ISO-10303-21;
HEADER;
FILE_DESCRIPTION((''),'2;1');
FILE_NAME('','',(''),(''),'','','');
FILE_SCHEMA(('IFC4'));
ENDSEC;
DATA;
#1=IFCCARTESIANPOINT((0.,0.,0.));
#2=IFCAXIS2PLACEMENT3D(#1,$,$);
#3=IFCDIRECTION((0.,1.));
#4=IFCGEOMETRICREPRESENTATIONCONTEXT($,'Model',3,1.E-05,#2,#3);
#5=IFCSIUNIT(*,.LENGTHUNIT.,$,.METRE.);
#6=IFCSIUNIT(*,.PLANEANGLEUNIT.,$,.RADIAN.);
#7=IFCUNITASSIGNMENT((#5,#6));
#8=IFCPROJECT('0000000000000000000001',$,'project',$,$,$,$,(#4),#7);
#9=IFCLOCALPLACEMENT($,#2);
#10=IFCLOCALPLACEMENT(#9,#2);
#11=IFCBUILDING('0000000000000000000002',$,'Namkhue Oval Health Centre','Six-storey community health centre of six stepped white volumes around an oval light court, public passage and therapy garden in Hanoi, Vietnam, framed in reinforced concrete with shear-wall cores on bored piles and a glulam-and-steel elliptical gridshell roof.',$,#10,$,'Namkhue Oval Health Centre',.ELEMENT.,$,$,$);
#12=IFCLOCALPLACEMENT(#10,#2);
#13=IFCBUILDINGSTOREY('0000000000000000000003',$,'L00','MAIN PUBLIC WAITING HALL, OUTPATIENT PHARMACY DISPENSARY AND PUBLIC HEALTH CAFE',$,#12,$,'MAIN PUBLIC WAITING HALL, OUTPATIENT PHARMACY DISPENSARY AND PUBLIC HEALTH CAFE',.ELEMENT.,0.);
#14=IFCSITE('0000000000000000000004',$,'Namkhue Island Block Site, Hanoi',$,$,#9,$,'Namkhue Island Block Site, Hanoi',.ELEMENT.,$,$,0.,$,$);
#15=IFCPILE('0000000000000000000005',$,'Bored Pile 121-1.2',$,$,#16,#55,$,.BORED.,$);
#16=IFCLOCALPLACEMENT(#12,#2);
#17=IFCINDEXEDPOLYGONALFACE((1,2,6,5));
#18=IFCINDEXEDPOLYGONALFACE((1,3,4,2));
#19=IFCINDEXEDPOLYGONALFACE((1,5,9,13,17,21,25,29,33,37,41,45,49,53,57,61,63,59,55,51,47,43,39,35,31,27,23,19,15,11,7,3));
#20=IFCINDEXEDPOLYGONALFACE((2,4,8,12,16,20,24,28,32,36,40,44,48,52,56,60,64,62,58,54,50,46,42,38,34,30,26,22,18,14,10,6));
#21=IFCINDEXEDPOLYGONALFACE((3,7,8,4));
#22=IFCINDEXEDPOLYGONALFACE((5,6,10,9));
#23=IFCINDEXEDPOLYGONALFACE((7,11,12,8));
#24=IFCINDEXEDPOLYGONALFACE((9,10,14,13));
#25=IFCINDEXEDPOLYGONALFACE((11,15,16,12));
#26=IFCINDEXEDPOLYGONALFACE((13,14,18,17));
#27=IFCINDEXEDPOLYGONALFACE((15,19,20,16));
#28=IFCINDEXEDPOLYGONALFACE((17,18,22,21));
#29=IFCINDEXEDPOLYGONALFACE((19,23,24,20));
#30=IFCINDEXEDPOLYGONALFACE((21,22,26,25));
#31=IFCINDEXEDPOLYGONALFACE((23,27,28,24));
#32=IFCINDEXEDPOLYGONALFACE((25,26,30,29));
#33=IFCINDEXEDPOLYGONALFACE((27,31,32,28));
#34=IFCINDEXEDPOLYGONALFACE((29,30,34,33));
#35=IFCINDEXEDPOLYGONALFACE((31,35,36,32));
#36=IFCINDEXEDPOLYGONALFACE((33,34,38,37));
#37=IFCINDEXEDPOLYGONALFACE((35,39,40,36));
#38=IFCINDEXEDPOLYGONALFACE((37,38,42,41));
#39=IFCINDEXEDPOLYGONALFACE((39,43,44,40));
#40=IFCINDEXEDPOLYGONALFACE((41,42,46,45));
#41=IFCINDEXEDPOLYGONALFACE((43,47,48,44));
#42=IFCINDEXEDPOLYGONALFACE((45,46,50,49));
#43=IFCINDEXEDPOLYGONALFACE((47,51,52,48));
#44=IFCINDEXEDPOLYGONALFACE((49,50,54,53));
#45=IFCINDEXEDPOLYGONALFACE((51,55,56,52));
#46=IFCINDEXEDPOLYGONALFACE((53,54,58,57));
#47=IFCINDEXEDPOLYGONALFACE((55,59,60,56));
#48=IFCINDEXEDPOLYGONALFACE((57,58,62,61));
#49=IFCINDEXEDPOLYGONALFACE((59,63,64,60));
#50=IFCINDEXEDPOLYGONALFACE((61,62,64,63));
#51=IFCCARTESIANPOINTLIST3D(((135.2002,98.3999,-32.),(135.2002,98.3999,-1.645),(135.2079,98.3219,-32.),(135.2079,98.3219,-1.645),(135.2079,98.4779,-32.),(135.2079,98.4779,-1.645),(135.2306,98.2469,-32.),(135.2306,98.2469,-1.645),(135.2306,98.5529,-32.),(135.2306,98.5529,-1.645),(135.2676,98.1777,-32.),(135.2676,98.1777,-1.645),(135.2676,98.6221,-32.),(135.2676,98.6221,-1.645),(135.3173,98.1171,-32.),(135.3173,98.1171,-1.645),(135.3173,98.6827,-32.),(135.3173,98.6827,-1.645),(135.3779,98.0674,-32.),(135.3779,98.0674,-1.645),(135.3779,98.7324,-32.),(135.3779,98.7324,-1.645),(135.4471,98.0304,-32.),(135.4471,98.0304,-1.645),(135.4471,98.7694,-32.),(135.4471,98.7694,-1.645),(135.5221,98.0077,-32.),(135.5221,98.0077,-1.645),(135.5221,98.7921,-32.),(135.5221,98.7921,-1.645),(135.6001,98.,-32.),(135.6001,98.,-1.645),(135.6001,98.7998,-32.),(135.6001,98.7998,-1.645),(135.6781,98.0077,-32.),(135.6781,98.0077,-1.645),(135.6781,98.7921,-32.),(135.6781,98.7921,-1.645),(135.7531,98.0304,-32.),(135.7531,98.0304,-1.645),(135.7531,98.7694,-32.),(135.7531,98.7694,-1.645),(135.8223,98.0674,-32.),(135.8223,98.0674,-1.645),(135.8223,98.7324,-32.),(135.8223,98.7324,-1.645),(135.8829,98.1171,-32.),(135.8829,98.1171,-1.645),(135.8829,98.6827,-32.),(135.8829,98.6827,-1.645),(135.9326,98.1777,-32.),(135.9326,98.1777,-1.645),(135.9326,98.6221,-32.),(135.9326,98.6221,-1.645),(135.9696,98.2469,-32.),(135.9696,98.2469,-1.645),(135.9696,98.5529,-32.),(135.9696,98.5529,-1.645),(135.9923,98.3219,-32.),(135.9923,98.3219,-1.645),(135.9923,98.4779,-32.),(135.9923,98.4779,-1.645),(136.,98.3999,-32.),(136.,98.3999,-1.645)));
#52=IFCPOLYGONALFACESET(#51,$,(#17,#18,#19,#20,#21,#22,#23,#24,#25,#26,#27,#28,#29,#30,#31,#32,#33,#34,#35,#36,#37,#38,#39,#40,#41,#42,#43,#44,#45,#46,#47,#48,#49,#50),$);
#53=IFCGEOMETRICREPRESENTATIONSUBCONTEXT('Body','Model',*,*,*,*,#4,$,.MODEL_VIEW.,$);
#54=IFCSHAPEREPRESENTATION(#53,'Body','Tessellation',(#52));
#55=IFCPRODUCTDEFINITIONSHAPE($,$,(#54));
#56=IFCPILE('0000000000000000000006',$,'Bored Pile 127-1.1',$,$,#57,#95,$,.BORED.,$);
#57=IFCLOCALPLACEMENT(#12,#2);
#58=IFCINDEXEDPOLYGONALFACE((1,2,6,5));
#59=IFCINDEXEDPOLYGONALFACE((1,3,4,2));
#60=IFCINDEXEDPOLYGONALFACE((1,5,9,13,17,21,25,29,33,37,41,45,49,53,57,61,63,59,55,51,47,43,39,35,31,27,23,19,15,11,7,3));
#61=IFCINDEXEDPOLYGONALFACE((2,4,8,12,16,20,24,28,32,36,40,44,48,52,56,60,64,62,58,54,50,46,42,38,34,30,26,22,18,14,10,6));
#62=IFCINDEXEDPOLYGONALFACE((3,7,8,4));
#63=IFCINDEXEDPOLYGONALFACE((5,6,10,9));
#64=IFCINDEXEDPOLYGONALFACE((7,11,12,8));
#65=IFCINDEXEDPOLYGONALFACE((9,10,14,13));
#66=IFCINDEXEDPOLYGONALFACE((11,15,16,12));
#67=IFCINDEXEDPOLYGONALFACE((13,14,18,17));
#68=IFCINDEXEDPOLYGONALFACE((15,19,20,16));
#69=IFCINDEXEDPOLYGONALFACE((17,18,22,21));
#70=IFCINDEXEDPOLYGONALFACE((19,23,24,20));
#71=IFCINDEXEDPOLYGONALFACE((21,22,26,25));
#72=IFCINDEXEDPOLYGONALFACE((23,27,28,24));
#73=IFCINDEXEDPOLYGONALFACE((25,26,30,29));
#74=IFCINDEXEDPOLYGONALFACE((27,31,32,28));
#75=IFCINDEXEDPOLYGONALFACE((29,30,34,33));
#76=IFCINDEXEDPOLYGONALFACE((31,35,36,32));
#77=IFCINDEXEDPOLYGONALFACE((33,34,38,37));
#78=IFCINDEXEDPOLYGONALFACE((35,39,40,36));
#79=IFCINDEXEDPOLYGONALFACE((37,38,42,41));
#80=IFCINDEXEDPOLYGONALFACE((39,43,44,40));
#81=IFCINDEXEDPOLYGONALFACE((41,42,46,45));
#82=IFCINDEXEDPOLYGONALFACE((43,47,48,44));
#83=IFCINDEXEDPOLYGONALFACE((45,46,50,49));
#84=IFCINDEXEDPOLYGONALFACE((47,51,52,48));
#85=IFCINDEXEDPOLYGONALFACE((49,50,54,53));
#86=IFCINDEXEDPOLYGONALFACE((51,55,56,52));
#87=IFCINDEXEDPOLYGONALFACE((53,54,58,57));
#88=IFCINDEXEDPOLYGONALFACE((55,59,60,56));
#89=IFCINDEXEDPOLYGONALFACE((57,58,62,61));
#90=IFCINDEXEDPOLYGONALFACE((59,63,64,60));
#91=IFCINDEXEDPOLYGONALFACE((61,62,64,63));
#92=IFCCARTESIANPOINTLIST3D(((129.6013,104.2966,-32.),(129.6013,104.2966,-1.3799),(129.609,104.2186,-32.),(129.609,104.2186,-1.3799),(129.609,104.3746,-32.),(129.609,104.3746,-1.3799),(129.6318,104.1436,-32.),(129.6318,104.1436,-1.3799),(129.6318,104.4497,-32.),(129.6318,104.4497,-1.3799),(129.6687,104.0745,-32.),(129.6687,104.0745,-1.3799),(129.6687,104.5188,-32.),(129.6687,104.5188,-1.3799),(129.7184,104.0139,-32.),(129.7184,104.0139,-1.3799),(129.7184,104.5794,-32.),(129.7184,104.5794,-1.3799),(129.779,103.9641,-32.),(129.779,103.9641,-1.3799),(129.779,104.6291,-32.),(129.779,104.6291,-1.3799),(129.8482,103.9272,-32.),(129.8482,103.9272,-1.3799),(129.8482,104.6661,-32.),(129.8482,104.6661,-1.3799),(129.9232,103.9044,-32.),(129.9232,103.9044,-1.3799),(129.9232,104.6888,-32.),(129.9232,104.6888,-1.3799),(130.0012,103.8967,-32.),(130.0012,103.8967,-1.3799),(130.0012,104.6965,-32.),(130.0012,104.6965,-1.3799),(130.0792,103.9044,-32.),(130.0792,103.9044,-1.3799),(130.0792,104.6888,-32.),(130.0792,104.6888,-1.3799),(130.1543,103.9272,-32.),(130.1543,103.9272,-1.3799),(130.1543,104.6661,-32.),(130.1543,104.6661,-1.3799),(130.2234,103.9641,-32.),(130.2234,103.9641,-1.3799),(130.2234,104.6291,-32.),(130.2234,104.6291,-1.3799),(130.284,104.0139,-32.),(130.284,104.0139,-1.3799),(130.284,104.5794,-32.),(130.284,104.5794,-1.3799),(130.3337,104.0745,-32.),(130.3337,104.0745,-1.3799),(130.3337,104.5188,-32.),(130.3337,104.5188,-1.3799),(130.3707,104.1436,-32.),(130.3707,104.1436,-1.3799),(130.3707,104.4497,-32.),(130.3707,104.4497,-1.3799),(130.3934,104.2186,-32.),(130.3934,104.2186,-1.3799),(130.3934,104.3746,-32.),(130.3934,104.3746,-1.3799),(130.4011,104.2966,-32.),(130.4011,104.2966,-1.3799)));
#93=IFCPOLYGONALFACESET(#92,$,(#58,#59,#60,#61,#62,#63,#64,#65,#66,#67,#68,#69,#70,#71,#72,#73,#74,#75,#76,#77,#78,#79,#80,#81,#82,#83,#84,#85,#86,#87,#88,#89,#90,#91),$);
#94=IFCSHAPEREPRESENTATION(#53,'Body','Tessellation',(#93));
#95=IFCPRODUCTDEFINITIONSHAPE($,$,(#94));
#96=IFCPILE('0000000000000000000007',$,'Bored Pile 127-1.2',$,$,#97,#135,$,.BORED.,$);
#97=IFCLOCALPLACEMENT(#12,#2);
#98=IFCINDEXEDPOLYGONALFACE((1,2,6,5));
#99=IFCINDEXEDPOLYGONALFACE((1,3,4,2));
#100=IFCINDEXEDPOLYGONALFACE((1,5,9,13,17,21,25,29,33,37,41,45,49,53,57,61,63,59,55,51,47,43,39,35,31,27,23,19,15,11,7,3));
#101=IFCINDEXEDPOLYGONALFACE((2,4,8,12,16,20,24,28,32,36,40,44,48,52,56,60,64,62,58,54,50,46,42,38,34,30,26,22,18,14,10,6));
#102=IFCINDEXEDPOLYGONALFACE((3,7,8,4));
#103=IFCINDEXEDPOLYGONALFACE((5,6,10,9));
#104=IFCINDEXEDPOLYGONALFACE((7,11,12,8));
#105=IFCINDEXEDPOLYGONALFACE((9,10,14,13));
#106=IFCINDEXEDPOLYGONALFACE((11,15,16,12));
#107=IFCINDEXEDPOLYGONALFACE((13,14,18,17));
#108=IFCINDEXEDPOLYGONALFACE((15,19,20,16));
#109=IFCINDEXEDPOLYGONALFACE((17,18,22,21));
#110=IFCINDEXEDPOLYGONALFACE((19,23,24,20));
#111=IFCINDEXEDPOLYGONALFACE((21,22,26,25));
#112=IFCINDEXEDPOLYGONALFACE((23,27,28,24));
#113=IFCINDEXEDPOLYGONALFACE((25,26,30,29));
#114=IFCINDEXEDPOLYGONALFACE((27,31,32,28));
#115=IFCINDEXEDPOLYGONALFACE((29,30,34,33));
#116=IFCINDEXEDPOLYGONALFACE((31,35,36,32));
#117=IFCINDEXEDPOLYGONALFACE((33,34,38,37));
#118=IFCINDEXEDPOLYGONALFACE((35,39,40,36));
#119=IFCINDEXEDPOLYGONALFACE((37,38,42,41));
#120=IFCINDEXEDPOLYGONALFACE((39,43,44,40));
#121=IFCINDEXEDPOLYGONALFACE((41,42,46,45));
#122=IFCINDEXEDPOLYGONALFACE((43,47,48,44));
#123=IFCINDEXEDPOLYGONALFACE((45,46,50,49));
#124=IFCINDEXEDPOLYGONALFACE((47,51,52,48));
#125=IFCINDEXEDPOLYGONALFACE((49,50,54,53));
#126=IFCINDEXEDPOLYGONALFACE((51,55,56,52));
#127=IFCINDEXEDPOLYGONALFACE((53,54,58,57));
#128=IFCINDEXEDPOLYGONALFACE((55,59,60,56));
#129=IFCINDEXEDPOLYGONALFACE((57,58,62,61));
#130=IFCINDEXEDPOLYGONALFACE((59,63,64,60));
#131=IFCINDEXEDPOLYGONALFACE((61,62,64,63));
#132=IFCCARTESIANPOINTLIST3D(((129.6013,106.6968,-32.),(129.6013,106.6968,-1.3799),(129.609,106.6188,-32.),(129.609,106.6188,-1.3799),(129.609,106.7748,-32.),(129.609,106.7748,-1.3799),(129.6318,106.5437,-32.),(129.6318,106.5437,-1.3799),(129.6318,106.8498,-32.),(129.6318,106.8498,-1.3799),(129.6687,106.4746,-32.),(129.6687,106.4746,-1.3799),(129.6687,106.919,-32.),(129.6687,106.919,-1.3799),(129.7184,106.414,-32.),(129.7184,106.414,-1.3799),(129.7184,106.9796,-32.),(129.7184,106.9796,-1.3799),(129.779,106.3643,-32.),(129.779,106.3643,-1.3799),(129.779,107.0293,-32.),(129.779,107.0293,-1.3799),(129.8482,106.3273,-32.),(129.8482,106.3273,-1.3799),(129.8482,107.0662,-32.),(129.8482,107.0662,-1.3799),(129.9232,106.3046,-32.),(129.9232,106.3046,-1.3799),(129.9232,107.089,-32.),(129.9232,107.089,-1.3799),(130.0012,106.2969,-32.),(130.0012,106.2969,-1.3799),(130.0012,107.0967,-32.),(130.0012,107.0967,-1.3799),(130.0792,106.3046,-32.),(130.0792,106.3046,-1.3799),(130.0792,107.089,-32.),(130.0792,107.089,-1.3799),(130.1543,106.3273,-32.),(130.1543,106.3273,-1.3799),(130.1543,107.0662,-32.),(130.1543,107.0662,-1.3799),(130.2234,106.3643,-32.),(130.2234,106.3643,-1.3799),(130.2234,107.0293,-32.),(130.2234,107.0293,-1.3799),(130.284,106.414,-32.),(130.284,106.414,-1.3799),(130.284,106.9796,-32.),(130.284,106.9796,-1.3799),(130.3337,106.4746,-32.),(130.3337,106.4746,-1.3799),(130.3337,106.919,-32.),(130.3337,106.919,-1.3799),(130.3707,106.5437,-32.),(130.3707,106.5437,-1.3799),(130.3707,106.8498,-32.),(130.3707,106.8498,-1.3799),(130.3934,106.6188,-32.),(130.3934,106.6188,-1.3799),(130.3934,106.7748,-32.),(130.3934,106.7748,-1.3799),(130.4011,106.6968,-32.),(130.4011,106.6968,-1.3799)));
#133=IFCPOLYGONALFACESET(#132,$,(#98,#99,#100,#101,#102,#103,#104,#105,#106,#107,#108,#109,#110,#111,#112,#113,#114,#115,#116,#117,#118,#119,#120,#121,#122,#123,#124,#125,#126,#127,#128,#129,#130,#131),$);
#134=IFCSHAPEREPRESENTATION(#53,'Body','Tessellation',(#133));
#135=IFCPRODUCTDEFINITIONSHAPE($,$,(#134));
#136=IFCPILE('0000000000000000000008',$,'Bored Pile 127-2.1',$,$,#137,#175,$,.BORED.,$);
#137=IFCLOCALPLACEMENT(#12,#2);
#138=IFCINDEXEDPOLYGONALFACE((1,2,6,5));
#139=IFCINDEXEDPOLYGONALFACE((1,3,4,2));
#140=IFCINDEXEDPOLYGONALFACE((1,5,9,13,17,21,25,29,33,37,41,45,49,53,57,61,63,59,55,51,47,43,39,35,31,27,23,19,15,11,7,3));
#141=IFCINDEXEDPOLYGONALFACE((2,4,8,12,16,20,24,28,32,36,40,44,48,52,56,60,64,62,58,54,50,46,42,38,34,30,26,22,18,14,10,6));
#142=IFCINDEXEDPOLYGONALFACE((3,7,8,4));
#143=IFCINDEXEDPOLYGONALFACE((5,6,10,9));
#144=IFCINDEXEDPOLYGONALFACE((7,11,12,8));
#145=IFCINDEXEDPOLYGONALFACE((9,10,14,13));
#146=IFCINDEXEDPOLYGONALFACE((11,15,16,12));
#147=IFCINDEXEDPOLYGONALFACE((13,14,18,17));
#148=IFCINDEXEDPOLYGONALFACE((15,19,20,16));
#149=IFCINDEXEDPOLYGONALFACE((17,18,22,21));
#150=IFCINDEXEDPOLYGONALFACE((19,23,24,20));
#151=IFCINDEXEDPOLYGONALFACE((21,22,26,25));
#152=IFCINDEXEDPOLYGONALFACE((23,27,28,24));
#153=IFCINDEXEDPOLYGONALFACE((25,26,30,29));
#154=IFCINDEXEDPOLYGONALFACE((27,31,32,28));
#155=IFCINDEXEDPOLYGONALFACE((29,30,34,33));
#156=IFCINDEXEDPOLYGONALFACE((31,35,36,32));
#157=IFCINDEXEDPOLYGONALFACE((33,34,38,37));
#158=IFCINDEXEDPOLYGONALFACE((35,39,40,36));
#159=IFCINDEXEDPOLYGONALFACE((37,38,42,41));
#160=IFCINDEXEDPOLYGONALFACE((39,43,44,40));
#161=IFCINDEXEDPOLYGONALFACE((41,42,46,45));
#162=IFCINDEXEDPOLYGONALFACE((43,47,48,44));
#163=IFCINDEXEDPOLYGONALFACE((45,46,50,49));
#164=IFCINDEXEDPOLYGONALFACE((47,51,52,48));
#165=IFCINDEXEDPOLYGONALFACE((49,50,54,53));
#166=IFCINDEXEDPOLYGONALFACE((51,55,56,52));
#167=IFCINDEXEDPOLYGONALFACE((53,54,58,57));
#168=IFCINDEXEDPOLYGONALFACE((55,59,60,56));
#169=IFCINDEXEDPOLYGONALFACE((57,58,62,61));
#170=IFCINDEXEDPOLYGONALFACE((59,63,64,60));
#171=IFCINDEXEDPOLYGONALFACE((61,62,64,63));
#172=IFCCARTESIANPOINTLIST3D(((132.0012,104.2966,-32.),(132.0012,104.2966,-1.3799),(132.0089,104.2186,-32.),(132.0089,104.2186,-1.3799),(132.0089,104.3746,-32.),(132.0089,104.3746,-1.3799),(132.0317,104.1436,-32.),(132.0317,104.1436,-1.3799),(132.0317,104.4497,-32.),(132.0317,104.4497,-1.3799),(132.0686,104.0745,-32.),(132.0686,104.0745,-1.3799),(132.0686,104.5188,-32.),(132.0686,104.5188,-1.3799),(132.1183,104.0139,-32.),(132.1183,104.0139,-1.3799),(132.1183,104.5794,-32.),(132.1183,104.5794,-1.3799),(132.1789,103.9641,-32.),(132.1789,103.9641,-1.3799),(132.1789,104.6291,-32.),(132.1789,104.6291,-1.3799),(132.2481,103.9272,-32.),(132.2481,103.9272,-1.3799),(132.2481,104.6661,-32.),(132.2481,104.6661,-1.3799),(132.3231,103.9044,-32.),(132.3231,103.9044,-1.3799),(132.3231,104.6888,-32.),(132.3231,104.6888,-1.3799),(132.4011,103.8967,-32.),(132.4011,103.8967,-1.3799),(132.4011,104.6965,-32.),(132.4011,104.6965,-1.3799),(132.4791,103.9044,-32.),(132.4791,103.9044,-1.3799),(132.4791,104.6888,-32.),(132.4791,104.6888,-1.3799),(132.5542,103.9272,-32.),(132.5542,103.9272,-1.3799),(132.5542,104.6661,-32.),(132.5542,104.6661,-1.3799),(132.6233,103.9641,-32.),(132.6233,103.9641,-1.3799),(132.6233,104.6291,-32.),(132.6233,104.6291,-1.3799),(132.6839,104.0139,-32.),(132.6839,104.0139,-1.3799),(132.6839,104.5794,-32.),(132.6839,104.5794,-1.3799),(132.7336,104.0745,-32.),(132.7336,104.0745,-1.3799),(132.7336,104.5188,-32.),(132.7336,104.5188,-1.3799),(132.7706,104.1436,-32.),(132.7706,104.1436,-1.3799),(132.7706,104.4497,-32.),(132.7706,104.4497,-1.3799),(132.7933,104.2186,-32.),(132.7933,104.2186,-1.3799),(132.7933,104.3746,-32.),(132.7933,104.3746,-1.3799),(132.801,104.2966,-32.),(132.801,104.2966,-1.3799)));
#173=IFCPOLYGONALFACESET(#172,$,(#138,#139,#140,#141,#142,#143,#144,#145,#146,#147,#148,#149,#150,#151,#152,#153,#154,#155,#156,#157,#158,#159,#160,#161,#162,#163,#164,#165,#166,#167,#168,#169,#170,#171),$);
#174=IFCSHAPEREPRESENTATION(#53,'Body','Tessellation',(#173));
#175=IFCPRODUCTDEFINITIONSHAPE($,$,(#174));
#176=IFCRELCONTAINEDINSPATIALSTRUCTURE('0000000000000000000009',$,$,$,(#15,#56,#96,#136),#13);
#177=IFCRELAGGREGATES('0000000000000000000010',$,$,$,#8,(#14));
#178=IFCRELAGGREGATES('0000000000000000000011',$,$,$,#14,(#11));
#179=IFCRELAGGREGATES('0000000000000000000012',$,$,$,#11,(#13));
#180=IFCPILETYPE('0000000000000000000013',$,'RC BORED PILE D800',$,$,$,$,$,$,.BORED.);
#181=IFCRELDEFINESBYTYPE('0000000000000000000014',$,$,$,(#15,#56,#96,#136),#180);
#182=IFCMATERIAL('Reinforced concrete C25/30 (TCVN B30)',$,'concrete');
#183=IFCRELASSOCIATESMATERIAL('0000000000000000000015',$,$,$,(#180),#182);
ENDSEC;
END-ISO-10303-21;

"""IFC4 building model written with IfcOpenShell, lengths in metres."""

from ifc_helpers import new_model, si_unit, direction, frame, origin, origin_2d, place, context, subcontext, project, spatial, circle, extrude, material, material_profile, profile_set, type_object, element, save


model = new_model("IFC4")

# Units and contexts
model_context = context("Model", 3, precision=1e-05, world=origin(), true_north=direction((0.0, 1.0)))
body_context = subcontext(model_context, "Body", "Model", "MODEL_VIEW")
ifc_project = project(units=[si_unit("LENGTHUNIT", "METRE"), si_unit("PLANEANGLEUNIT", "RADIAN")], contexts=[model_context])

# Site, building, storey
site_placement = place(None, origin())
site = spatial("IfcSite", under=ifc_project, at=site_placement, Name="Namkhue Island Block Site, Hanoi", LongName="Namkhue Island Block Site, Hanoi", CompositionType="ELEMENT", RefElevation=0.0)
building_placement = place(site_placement, origin())
building = spatial("IfcBuilding", under=site, at=building_placement, Name="Namkhue Oval Health Centre", Description="Six-storey community health centre of six stepped white volumes around an oval light court, public passage and therapy garden in Hanoi, Vietnam, framed in reinforced concrete with shear-wall cores on bored piles and a glulam-and-steel elliptical gridshell roof.", LongName="Namkhue Oval Health Centre", CompositionType="ELEMENT")
storey_placement = place(building_placement, origin())
storey = spatial("IfcBuildingStorey", under=building, at=storey_placement, Name="L00", Description="MAIN PUBLIC WAITING HALL, OUTPATIENT PHARMACY DISPENSARY AND PUBLIC HEALTH CAFE", LongName="MAIN PUBLIC WAITING HALL, OUTPATIENT PHARMACY DISPENSARY AND PUBLIC HEALTH CAFE", CompositionType="ELEMENT", Elevation=0.0)

# Piles
ifc_material_1 = material(Name="Reinforced concrete C25/30 (TCVN B30)", Category="concrete")
ifc_material_profile_1 = material_profile(ifc_material_1, circle(Radius=0.3999, at=origin_2d()), Name="BORED PILE D800")
ifc_profile_set_1 = profile_set([ifc_material_profile_1], Name="Reinforced concrete C25/30 (TCVN B30)")
pile_type = type_object("IfcPileType", Name="RC BORED PILE D800", PredefinedType="BORED", material=ifc_profile_set_1)
for number, where, z_axis, x_axis, name in (
    (1, (135.6001, 98.3999, -1.645), (0.0, 0.0, -1.0), (1.0, 0.0, 0.0), "Bored Pile 121-1.2"),
):
    element("IfcPile", number, at=place(storey_placement, frame(where, z_axis=z_axis, x_axis=x_axis)), inside=storey, type_object=pile_type, Name=name, PredefinedType="BORED", context=body_context, shape_type="SweptSolid", body=[
        extrude(circle(Radius=0.3999, at=origin_2d()), origin(), (0.0, 0.0, 1.0), 30.355),
    ])
for number, where, z_axis, x_axis, name in (
    (2, (130.0012, 104.2966, -1.3799), (0.0, 0.0, -1.0), (1.0, 0.0, 0.0), "Bored Pile 127-1.1"),
    (3, (130.0012, 106.6968, -1.3799), (0.0, 0.0, -1.0), (1.0, 0.0, 0.0), "Bored Pile 127-1.2"),
    (4, (132.4011, 104.2966, -1.3799), (0.0, 0.0, -1.0), (1.0, 0.0, 0.0), "Bored Pile 127-2.1"),
):
    element("IfcPile", number, at=place(storey_placement, frame(where, z_axis=z_axis, x_axis=x_axis)), inside=storey, type_object=pile_type, Name=name, PredefinedType="BORED", context=body_context, shape_type="SweptSolid", body=[
        extrude(circle(Radius=0.3999, at=origin_2d()), origin(), (0.0, 0.0, 1.0), 30.6201),
    ])

save(model, "model.ifc")
